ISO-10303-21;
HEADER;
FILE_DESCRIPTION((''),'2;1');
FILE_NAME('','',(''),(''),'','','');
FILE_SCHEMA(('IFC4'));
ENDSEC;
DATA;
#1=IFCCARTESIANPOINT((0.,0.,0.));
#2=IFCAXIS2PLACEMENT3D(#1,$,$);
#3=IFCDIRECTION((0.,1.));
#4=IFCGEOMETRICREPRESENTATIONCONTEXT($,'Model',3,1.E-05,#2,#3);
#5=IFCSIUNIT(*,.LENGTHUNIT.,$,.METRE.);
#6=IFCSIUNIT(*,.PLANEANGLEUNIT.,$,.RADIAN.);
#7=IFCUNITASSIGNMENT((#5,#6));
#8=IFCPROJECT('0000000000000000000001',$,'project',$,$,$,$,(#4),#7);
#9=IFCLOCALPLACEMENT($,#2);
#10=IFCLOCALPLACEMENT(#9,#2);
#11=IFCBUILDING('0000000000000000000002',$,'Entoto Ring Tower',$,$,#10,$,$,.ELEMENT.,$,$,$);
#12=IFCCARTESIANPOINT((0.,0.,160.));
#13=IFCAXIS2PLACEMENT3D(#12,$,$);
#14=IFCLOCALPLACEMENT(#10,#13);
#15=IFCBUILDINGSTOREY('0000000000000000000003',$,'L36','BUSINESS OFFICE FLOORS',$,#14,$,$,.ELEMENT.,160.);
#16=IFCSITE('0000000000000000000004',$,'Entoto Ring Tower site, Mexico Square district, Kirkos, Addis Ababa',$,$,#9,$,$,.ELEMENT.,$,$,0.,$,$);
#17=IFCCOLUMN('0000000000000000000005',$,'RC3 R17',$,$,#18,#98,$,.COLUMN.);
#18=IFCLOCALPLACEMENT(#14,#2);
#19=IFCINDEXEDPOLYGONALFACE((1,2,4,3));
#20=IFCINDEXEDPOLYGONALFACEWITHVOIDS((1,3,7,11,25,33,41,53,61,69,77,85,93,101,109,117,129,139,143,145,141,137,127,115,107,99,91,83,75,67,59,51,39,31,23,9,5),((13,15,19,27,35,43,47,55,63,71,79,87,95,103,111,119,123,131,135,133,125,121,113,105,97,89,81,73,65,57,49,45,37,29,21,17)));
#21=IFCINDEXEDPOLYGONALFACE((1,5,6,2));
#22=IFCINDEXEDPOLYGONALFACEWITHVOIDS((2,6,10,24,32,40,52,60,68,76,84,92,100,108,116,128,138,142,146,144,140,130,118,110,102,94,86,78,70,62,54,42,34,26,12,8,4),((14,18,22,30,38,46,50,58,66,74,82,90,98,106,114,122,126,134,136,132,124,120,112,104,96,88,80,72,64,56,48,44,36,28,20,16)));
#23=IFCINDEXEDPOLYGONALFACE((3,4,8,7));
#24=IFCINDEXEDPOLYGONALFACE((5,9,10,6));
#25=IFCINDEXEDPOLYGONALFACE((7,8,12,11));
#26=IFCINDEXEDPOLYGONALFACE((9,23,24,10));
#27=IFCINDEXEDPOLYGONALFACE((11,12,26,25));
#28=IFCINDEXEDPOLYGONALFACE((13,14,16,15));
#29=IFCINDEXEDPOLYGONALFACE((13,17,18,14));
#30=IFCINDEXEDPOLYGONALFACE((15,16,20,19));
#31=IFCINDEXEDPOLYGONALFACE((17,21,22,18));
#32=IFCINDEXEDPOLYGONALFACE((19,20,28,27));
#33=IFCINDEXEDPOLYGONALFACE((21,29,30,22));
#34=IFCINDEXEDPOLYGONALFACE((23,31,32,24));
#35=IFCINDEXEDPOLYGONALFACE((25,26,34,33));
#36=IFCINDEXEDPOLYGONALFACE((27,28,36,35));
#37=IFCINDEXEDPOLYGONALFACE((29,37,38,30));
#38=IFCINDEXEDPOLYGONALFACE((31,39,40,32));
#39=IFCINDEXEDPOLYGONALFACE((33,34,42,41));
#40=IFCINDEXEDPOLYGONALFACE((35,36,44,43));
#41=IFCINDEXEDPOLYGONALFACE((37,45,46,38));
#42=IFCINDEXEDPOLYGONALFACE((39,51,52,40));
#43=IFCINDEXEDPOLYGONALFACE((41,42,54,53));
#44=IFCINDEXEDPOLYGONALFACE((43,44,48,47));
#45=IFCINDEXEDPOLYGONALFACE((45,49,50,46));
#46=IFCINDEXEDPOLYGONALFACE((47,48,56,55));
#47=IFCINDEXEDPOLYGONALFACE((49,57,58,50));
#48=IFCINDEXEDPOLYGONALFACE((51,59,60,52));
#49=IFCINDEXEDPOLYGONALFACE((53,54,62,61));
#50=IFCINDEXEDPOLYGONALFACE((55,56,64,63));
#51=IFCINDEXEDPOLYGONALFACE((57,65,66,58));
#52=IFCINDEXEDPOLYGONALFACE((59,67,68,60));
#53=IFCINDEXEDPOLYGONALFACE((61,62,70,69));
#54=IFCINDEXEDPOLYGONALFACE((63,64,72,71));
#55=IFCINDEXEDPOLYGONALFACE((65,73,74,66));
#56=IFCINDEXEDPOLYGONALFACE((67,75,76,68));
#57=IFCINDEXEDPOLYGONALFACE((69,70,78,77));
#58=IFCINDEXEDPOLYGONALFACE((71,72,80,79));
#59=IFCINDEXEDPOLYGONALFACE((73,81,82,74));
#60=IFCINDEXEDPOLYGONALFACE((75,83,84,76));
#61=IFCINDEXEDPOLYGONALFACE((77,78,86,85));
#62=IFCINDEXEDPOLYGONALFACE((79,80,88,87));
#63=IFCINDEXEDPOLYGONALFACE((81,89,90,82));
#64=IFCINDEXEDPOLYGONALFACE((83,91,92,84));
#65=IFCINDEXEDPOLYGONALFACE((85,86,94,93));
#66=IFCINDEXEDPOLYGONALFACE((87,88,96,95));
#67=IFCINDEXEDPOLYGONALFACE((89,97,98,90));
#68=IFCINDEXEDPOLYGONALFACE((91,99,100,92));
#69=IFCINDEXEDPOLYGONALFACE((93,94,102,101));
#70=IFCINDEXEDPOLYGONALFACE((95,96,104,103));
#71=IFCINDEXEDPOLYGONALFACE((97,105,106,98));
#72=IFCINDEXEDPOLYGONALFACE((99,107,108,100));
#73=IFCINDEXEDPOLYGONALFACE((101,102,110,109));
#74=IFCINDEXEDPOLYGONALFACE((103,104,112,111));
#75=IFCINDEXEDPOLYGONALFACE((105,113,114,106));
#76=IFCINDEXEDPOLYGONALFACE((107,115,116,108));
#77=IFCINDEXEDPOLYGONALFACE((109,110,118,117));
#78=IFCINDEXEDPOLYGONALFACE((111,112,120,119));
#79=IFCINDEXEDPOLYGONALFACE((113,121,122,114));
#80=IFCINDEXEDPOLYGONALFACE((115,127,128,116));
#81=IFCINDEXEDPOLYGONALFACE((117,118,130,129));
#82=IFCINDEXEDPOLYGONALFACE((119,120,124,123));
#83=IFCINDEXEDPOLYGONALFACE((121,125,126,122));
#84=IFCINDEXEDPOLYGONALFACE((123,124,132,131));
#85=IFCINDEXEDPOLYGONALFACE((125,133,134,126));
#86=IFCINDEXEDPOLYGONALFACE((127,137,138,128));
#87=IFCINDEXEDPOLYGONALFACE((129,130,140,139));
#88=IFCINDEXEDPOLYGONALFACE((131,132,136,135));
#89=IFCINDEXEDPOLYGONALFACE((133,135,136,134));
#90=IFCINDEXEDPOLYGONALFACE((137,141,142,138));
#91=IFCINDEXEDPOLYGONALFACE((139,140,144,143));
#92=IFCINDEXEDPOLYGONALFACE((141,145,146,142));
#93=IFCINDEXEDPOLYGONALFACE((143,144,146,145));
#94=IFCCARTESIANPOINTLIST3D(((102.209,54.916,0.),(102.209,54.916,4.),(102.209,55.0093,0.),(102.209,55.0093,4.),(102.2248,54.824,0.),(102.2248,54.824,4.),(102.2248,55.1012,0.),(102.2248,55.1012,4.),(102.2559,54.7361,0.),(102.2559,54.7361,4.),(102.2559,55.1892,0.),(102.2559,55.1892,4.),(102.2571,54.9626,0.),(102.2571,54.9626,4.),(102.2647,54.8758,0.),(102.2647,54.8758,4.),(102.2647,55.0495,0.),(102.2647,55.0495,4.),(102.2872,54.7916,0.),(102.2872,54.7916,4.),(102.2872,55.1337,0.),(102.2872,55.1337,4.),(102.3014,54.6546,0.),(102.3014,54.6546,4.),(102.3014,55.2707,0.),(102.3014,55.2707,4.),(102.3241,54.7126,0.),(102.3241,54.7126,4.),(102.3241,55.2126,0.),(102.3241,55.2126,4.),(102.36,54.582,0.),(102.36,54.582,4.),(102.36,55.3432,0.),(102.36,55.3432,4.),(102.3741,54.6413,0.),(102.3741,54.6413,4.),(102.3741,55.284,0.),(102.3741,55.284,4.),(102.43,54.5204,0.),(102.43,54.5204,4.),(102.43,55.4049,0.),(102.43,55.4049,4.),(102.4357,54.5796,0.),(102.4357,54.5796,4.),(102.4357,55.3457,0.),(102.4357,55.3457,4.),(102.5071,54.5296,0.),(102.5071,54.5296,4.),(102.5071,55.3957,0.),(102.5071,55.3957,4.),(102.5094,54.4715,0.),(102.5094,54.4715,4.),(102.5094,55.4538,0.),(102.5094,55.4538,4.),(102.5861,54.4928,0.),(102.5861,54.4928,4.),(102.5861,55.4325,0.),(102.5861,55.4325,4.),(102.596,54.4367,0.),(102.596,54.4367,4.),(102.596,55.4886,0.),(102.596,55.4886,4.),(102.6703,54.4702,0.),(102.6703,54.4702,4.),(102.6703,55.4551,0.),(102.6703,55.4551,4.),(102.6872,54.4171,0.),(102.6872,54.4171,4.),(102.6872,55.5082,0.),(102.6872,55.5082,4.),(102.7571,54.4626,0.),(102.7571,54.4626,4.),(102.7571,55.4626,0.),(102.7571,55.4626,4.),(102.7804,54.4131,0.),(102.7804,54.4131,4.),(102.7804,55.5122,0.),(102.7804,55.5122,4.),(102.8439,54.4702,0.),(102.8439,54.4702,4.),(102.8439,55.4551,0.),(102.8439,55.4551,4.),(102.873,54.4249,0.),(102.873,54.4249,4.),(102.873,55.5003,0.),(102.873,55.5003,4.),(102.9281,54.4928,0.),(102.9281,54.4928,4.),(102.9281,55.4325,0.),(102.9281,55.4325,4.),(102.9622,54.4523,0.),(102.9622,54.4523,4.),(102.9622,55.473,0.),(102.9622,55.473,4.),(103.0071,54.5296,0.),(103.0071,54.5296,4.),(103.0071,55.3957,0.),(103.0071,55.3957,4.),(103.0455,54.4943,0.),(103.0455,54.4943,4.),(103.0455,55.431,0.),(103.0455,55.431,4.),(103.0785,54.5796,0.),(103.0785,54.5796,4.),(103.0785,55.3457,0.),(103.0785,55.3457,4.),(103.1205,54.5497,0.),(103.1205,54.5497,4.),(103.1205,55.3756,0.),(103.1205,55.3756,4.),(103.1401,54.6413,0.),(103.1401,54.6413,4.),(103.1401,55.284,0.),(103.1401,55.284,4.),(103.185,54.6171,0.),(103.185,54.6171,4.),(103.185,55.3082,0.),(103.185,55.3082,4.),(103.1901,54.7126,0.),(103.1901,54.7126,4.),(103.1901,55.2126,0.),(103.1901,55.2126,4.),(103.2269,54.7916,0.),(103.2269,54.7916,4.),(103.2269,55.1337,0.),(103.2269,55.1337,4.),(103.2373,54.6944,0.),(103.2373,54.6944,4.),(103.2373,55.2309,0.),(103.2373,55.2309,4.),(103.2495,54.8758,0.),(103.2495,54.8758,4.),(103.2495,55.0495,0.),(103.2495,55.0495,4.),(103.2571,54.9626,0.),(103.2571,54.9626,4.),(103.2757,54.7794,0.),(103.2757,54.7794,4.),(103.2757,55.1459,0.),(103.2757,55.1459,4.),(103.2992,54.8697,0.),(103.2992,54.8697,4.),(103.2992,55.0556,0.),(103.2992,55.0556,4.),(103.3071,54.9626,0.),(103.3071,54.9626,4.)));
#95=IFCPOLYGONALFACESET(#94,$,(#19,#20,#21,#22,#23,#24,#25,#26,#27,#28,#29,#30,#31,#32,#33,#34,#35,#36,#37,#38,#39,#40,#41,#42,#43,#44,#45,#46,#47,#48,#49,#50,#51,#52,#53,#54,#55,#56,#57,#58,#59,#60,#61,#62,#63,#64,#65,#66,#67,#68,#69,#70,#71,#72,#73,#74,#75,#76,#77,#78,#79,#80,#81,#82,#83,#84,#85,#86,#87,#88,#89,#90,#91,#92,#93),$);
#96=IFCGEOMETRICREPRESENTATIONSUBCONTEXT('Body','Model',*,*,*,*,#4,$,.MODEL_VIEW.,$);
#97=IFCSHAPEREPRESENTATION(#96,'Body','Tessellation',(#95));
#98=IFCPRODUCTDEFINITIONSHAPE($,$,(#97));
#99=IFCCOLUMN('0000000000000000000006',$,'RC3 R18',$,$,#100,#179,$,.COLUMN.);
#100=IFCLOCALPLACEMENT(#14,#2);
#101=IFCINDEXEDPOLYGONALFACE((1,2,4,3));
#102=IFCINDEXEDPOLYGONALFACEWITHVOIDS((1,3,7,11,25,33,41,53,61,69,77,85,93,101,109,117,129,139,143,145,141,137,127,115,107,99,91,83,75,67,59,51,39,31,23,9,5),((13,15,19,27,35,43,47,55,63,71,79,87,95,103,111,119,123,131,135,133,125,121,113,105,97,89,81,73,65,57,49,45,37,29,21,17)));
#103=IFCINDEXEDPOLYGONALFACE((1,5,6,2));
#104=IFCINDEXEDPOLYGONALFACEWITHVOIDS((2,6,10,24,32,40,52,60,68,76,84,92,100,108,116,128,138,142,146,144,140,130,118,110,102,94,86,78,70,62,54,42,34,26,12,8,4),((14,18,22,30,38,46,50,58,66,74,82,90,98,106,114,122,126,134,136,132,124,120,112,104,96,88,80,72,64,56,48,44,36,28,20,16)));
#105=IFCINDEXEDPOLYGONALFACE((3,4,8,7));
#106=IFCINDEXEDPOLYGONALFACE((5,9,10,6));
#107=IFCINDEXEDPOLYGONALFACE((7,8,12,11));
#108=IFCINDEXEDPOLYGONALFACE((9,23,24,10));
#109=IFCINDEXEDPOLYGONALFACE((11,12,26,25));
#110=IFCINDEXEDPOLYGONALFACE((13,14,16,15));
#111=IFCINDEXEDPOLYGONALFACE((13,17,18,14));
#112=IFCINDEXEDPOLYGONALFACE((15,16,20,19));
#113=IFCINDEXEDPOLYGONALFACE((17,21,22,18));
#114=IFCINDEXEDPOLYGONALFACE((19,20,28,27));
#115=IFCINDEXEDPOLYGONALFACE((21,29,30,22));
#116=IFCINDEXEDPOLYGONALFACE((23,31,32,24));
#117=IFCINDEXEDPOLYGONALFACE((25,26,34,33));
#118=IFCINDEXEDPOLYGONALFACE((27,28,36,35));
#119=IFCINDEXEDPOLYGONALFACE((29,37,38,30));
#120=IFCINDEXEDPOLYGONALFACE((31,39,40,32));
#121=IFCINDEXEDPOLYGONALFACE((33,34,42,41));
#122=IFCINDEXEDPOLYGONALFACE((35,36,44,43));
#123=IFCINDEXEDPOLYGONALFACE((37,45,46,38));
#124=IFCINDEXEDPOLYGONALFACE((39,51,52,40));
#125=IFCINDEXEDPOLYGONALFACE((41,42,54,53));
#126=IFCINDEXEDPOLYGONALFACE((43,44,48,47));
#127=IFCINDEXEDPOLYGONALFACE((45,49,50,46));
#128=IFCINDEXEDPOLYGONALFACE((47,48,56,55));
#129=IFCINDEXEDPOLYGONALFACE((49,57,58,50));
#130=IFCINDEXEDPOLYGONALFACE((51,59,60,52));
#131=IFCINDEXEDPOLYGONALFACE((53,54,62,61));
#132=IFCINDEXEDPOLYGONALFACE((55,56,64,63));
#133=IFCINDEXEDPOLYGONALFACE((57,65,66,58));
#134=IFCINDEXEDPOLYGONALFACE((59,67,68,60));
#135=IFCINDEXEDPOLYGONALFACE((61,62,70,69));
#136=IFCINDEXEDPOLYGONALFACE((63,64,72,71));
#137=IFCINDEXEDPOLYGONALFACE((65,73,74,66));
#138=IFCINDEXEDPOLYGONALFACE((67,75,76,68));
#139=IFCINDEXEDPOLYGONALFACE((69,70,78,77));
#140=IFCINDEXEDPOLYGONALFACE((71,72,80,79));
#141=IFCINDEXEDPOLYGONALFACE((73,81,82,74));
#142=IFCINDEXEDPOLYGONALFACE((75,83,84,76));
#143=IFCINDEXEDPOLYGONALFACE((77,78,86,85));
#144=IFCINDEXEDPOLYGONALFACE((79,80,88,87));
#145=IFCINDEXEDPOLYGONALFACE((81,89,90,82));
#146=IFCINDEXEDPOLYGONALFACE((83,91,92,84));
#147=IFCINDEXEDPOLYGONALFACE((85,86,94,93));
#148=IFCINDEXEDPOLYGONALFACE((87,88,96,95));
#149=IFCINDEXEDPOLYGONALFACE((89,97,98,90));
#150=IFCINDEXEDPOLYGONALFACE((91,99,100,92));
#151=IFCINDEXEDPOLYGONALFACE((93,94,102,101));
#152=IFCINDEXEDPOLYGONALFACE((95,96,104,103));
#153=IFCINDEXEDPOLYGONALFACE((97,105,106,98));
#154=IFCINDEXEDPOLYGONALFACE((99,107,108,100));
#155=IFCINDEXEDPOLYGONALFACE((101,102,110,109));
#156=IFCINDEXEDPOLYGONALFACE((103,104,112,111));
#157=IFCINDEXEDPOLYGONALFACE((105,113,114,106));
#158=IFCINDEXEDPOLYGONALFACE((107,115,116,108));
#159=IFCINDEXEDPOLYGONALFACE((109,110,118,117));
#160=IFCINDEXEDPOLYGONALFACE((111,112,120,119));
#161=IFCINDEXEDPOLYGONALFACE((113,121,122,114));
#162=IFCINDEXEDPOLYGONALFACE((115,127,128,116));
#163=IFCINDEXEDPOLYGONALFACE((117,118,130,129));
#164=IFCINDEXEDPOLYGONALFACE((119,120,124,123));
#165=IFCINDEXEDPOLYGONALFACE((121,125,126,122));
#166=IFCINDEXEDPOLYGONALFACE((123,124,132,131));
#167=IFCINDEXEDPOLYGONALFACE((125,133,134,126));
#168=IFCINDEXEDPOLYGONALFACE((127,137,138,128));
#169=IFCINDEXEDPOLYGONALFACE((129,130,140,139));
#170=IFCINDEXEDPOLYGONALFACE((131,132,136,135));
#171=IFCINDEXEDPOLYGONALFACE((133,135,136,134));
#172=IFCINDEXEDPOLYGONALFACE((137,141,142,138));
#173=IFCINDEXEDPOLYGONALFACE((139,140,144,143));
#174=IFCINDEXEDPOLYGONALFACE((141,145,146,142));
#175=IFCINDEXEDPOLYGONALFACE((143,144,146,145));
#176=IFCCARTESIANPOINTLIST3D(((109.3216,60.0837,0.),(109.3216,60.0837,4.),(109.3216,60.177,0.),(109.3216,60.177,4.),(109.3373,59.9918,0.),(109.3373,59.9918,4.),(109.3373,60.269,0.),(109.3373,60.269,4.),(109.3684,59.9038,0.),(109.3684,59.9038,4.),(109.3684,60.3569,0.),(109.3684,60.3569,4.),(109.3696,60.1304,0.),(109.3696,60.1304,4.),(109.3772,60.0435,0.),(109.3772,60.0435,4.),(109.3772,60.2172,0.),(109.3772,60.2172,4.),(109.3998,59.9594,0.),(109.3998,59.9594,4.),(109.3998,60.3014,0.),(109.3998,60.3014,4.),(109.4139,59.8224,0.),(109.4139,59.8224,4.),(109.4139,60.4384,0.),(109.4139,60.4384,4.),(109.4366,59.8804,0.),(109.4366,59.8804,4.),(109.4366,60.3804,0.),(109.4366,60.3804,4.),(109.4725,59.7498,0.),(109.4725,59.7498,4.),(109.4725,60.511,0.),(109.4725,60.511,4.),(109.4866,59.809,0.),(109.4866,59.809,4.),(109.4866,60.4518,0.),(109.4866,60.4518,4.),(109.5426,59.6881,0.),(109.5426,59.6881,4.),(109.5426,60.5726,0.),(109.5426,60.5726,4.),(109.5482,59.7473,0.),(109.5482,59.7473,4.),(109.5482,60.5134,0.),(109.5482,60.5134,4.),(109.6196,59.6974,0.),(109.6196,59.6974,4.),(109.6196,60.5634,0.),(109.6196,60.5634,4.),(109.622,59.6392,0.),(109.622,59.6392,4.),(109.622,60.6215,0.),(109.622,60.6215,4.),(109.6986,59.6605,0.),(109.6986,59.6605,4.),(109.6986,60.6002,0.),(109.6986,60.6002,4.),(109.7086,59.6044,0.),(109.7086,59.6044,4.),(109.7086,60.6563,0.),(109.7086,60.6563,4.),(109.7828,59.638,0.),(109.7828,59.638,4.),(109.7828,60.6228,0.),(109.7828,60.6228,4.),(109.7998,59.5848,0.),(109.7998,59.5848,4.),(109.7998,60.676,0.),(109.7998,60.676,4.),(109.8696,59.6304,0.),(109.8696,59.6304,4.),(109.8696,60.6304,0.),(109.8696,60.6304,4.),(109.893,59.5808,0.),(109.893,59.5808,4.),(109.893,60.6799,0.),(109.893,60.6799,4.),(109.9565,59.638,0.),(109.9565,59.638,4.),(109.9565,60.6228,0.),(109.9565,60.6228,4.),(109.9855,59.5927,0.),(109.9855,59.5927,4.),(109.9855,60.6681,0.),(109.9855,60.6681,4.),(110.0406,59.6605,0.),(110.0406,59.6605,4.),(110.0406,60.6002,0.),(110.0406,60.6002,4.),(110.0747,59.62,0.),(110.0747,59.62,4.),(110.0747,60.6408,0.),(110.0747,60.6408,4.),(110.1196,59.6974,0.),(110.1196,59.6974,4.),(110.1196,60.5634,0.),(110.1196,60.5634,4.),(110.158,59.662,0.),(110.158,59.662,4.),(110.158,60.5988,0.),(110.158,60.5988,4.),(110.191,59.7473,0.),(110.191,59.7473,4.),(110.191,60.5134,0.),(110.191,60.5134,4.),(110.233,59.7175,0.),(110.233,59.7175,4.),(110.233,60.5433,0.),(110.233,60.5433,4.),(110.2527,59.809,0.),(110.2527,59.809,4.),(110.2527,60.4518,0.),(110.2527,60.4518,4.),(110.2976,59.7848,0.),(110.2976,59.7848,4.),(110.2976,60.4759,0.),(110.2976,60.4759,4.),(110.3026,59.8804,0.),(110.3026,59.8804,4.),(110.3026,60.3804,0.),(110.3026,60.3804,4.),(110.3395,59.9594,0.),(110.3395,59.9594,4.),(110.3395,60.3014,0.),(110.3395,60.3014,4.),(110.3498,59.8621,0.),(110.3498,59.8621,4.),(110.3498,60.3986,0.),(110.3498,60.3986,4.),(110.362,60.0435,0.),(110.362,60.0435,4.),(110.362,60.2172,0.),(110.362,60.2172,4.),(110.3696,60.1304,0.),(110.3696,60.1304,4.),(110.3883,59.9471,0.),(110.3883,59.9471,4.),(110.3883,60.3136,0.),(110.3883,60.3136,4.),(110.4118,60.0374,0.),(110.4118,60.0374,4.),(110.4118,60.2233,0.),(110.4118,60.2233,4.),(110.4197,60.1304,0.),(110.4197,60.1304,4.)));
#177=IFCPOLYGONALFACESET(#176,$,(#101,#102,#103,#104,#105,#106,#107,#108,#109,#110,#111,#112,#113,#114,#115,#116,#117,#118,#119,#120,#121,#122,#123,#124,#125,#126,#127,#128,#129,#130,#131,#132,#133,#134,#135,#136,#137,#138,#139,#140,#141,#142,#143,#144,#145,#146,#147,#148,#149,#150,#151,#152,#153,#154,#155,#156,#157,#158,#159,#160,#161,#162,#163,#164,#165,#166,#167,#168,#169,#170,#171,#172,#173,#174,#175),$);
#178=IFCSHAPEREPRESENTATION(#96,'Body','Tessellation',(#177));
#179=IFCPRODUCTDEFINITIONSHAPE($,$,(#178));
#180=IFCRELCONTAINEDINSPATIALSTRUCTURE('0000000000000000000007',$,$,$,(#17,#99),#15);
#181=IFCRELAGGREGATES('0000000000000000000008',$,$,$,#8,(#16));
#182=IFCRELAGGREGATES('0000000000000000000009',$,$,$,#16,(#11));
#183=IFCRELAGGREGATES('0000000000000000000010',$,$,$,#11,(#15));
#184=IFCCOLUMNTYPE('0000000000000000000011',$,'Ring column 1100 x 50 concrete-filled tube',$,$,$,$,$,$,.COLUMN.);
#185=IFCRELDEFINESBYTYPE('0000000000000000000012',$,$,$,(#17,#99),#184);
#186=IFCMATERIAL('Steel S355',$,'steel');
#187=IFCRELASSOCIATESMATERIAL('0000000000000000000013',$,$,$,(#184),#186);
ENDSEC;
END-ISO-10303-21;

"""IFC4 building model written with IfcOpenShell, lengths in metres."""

from ifc_helpers import new_model, si_unit, direction, frame, origin, origin_2d, place, context, subcontext, project, spatial, circle, hollow_circle, extrude, material, material_profile, profile_set, type_object, element, save


model = new_model("IFC4")

# Units and contexts
model_context = context("Model", 3, precision=1e-05, world=origin(), true_north=direction((0.0, 1.0)))
body_context = subcontext(model_context, "Body", "Model", "MODEL_VIEW")
ifc_project = project(units=[si_unit("LENGTHUNIT", "METRE"), si_unit("PLANEANGLEUNIT", "RADIAN")], contexts=[model_context])

# Site, building, storey
site_placement = place(None, origin())
site = spatial("IfcSite", under=ifc_project, at=site_placement, Name="Entoto Ring Tower site, Mexico Square district, Kirkos, Addis Ababa", CompositionType="ELEMENT", RefElevation=0.0)
building_placement = place(site_placement, origin())
building = spatial("IfcBuilding", under=site, at=building_placement, Name="Entoto Ring Tower", CompositionType="ELEMENT")
storey_placement = place(building_placement, frame((0.0, 0.0, 160.0)))
storey = spatial("IfcBuildingStorey", under=building, at=storey_placement, Name="L36", Description="BUSINESS OFFICE FLOORS", CompositionType="ELEMENT", Elevation=160.0)

# Columns
ifc_material_1 = material(Name="Steel S355", Category="steel")
ifc_material_profile_1 = material_profile(ifc_material_1, hollow_circle(Radius=0.55, WallThickness=0.05, at=origin_2d()), Name="CHS 1100 x 50")
ifc_material_2 = material(Name="Concrete C60/75", Category="concrete")
ifc_material_profile_2 = material_profile(ifc_material_2, circle(Radius=0.5, at=origin_2d()), Name="Concrete C60/75 infill")
ifc_profile_set_1 = profile_set([ifc_material_profile_1, ifc_material_profile_2], Name="Steel S355")
column_type = type_object("IfcColumnType", Name="Ring column 1100 x 50 concrete-filled tube", PredefinedType="COLUMN", material=ifc_profile_set_1)
for number, where, z_axis, x_axis, name in (
    (1, (102.7571, 54.9626, 0.0), (0.0, 0.0, 1.0), (1.0, 0.0, 0.0), "RC3 R17"),
    (2, (109.8696, 60.1304, 0.0), (0.0, 0.0, 1.0), (1.0, 0.0, 0.0), "RC3 R18"),
):
    element("IfcColumn", number, at=place(storey_placement, frame(where, z_axis=z_axis, x_axis=x_axis)), inside=storey, type_object=column_type, Name=name, PredefinedType="COLUMN", context=body_context, shape_type="SweptSolid", body=[
        extrude(hollow_circle(Radius=0.55, WallThickness=0.05, at=origin_2d()), origin(), (0.0, 0.0, 1.0), 4.0),
    ])

save(model, "model.ifc")
